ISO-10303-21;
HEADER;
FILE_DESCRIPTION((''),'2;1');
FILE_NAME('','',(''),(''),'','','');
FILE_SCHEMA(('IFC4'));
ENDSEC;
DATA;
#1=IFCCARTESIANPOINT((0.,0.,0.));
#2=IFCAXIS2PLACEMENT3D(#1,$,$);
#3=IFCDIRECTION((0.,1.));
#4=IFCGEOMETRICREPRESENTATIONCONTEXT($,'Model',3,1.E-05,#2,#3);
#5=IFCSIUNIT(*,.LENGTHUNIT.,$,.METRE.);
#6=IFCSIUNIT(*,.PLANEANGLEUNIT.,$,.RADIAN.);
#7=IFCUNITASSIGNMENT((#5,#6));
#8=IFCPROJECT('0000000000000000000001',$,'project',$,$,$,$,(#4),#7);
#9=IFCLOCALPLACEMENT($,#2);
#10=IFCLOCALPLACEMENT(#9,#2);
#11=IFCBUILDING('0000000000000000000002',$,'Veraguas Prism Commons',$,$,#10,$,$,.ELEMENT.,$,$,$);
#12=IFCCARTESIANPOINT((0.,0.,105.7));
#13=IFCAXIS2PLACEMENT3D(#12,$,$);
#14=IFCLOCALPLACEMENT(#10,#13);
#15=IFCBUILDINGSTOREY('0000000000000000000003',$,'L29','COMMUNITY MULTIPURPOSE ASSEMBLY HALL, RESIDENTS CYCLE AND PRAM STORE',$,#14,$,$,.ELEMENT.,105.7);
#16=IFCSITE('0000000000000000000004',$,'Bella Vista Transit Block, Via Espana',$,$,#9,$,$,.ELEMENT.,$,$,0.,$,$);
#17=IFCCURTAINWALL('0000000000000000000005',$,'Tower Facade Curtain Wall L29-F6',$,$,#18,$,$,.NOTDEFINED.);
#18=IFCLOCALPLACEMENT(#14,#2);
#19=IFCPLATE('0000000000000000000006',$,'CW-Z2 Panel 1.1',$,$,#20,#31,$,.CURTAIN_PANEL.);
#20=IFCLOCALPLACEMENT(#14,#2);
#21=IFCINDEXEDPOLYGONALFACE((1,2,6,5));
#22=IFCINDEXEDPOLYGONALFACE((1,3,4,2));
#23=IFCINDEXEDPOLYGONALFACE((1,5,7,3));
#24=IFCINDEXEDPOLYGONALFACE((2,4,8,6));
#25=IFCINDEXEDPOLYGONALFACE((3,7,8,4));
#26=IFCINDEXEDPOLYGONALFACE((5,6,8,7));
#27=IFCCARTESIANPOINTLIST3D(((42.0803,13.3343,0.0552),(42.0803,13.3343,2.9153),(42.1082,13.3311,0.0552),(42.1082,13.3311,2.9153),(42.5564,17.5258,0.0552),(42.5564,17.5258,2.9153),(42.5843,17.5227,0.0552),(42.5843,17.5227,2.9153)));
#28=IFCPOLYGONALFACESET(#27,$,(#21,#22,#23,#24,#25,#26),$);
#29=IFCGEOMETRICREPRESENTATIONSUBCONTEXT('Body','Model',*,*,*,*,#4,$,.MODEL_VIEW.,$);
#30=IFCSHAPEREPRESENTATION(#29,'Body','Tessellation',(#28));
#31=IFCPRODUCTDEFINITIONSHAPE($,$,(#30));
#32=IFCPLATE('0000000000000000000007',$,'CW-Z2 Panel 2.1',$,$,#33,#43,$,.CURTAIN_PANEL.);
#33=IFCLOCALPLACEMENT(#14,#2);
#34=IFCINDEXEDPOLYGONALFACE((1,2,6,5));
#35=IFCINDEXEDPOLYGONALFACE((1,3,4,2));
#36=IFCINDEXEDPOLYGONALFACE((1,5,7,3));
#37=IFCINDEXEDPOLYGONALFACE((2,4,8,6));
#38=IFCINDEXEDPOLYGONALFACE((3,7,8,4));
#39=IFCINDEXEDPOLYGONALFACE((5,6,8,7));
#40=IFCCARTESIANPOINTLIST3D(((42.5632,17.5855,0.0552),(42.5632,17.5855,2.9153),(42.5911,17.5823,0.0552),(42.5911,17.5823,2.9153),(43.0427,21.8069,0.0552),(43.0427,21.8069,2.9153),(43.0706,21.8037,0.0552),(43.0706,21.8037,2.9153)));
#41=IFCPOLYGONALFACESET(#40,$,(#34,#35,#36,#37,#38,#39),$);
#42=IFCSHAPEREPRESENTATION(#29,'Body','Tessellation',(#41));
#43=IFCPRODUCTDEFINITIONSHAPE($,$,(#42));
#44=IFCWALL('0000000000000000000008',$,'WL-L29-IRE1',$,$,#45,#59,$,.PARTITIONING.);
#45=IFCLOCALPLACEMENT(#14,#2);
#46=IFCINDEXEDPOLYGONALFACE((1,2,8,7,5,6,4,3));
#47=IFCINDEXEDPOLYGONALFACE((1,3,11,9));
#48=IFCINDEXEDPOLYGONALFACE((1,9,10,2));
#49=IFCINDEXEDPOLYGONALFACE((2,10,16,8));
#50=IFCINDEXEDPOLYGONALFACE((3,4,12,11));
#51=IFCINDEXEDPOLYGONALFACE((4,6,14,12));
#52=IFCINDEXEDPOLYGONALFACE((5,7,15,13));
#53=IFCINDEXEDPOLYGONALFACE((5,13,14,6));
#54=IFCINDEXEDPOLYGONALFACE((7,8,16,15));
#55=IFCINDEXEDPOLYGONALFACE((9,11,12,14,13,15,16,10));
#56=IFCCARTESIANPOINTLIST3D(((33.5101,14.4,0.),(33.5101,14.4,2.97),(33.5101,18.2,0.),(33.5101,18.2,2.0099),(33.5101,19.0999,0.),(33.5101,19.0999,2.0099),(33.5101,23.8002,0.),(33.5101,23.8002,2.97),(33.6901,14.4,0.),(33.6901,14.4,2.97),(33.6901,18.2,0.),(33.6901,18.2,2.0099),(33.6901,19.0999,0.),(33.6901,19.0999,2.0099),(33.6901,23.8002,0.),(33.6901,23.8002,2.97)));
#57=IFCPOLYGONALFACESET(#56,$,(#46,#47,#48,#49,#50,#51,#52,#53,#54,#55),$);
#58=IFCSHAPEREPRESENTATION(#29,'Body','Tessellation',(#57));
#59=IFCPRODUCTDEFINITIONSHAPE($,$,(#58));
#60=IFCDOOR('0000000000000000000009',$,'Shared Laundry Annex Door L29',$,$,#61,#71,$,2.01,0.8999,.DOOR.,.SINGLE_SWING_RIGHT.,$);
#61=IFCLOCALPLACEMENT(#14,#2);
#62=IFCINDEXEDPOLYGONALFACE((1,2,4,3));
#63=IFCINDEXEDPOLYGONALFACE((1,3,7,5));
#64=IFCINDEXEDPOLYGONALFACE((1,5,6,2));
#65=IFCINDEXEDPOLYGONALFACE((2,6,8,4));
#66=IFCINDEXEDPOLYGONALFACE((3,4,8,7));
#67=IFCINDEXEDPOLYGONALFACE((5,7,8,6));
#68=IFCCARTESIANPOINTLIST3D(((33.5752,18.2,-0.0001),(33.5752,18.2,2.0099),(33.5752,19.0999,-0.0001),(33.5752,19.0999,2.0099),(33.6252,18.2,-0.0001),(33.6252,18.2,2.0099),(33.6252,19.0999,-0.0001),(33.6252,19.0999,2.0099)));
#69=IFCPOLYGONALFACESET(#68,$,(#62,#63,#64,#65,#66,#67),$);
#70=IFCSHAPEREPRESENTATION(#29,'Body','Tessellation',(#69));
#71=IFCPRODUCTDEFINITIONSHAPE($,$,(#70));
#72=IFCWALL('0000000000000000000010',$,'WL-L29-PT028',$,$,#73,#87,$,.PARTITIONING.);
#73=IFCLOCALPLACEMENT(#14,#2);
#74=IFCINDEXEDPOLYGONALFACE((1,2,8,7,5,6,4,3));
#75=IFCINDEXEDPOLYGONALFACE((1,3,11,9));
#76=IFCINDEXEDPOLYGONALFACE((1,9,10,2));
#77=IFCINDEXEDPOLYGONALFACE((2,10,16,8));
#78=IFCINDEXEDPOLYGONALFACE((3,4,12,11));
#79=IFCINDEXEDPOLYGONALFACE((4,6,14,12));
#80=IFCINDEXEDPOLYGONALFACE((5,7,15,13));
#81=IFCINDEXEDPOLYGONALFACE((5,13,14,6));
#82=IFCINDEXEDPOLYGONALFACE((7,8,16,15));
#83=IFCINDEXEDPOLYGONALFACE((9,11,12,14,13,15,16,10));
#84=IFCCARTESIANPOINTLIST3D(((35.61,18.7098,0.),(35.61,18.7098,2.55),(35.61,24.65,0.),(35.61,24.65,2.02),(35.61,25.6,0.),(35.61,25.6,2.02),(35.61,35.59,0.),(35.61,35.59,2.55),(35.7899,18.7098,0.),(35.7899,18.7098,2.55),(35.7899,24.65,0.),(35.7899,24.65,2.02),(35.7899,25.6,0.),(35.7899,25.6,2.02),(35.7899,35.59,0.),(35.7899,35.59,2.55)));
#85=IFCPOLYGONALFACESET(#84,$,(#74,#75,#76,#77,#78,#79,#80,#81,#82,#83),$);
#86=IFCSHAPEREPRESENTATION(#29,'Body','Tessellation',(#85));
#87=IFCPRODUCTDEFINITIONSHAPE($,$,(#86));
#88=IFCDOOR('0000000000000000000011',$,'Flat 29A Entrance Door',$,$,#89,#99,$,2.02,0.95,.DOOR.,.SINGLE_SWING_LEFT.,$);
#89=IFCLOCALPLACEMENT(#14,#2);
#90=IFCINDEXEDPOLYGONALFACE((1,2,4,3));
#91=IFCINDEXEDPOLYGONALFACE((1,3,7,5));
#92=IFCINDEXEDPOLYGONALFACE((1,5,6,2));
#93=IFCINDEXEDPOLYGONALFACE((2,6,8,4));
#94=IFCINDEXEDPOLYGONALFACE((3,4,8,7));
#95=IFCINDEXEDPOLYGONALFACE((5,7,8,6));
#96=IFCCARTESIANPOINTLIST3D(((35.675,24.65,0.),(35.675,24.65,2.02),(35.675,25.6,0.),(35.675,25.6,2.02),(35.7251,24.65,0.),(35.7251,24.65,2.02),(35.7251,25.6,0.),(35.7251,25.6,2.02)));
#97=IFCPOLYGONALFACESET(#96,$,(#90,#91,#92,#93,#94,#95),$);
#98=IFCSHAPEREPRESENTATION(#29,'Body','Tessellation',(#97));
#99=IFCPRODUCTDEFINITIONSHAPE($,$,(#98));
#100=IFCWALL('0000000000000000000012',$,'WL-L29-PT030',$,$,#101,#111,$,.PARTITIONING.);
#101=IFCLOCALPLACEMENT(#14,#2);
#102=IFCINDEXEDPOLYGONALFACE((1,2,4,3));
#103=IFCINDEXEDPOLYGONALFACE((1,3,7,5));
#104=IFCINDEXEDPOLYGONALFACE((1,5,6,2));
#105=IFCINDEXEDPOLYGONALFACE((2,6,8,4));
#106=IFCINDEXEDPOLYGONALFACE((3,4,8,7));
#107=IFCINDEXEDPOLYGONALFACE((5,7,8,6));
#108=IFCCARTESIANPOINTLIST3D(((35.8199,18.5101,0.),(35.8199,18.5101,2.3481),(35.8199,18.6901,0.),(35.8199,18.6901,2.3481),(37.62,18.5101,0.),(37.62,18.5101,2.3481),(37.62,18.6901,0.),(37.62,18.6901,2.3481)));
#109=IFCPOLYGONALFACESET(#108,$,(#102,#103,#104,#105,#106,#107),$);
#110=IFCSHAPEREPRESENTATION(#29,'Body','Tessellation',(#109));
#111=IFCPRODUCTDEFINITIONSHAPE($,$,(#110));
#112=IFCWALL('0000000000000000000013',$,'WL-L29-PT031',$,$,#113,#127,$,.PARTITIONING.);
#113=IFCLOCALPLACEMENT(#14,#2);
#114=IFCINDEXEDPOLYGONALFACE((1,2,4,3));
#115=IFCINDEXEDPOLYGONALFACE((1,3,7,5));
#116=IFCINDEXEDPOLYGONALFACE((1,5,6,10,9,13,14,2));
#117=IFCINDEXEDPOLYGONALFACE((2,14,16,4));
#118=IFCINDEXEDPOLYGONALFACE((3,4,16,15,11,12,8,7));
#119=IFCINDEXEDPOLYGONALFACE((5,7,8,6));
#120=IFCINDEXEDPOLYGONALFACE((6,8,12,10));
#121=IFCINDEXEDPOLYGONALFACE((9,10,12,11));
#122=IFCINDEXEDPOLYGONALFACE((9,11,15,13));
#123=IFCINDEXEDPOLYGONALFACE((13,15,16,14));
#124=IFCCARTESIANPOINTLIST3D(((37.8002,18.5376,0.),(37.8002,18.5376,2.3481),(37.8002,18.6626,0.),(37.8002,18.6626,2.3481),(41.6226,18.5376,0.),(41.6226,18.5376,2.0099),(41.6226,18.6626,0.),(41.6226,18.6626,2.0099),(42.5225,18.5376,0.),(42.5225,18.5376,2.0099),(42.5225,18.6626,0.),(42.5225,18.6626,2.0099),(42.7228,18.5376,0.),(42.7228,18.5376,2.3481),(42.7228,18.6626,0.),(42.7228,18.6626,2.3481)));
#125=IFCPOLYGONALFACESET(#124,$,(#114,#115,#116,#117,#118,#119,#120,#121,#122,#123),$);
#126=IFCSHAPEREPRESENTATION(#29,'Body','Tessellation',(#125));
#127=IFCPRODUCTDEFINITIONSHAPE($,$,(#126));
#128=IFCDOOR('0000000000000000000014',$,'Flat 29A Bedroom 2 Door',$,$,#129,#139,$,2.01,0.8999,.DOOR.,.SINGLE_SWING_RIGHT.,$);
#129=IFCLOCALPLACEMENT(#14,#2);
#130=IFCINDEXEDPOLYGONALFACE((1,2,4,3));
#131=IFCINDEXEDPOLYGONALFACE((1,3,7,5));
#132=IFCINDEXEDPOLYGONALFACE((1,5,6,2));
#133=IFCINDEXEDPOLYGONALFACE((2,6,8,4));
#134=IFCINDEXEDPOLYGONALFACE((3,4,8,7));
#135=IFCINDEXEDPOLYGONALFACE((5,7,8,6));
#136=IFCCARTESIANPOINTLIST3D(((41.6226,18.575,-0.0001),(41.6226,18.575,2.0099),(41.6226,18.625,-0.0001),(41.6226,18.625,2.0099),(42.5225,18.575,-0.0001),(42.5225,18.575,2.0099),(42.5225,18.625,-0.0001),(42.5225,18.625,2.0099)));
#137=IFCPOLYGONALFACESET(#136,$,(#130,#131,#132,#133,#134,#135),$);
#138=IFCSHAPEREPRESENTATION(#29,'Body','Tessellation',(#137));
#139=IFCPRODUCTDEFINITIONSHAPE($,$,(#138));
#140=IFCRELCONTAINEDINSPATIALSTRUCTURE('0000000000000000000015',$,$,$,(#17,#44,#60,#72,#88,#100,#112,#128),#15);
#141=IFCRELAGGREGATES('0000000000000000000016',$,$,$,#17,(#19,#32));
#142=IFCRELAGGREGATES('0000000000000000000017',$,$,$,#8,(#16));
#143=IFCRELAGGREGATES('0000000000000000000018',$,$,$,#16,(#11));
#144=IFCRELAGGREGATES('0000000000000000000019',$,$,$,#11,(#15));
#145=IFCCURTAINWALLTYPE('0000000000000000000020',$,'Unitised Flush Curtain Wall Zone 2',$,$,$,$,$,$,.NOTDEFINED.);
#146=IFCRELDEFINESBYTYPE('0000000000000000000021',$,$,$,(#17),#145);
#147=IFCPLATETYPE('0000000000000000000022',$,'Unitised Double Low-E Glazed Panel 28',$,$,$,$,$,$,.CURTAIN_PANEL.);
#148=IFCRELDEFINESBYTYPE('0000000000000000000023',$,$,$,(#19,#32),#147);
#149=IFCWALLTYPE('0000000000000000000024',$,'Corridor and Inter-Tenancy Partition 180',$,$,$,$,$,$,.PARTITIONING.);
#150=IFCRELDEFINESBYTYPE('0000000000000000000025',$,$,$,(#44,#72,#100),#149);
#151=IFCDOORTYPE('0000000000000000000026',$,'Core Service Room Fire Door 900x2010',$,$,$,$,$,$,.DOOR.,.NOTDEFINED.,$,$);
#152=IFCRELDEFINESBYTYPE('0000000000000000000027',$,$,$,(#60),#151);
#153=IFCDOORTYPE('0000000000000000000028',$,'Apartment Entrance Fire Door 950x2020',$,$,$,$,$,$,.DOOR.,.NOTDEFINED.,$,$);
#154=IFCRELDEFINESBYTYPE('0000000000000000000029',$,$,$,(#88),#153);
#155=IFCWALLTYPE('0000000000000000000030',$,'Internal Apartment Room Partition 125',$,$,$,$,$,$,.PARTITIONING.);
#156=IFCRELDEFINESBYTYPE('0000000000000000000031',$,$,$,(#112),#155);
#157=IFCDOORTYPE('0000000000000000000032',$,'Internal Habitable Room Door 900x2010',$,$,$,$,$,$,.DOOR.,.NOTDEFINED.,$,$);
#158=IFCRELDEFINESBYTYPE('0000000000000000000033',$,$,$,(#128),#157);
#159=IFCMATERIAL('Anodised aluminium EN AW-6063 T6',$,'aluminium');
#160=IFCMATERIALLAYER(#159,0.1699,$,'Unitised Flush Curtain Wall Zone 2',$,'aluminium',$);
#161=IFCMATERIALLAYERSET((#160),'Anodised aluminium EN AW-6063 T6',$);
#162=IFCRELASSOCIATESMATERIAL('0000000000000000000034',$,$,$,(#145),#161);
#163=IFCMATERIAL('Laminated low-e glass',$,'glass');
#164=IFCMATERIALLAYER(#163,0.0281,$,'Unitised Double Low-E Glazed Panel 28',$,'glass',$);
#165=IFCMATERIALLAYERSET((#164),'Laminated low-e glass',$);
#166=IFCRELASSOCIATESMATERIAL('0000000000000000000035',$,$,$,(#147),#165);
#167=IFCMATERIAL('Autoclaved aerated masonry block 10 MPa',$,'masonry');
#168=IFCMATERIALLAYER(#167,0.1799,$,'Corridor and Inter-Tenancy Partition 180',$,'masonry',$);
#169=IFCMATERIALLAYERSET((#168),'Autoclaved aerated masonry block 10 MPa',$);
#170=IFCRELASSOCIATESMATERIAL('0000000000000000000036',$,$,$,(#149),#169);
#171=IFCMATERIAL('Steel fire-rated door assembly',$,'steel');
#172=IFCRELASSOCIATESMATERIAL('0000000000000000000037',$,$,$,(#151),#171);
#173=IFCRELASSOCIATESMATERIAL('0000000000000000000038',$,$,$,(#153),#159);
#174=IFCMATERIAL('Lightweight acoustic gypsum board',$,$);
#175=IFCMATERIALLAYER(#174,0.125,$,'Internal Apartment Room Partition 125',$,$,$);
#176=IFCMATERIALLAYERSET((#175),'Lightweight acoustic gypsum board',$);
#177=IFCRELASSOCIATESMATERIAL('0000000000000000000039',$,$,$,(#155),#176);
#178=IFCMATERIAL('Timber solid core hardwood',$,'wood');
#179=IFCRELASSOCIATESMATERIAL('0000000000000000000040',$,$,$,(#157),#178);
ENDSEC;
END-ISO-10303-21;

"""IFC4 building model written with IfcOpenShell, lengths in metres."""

from ifc_helpers import new_model, si_unit, direction, frame, frame_2d, origin, origin_2d, place, context, subcontext, project, spatial, rectangle, extrude, source, transform, mapped, material, layer, layer_set, type_object, element, fill, aggregate, save


model = new_model("IFC4")

# Units and contexts
model_context = context("Model", 3, precision=1e-05, world=origin(), true_north=direction((0.0, 1.0)))
body_context = subcontext(model_context, "Body", "Model", "MODEL_VIEW")
ifc_project = project(units=[si_unit("LENGTHUNIT", "METRE"), si_unit("PLANEANGLEUNIT", "RADIAN")], contexts=[model_context])

# Site, building, storey
site_placement = place(None, origin())
site = spatial("IfcSite", under=ifc_project, at=site_placement, Name="Bella Vista Transit Block, Via Espana", CompositionType="ELEMENT", RefElevation=0.0)
building_placement = place(site_placement, origin())
building = spatial("IfcBuilding", under=site, at=building_placement, Name="Veraguas Prism Commons", CompositionType="ELEMENT")
storey_placement = place(building_placement, frame((0.0, 0.0, 105.7)))
storey = spatial("IfcBuildingStorey", under=building, at=storey_placement, Name="L29", Description="COMMUNITY MULTIPURPOSE ASSEMBLY HALL, RESIDENTS CYCLE AND PRAM STORE", CompositionType="ELEMENT", Elevation=105.7)

# Curtain wall, plates
ifc_material_1 = material(Name="Anodised aluminium EN AW-6063 T6", Category="aluminium")
ifc_layer_1 = layer(ifc_material_1, 0.1699, Name="Unitised Flush Curtain Wall Zone 2", Category="aluminium")
ifc_layer_set_1 = layer_set([ifc_layer_1], Name="Anodised aluminium EN AW-6063 T6")
curtain_wall_type = type_object("IfcCurtainWallType", Name="Unitised Flush Curtain Wall Zone 2", PredefinedType="NOTDEFINED", material=ifc_layer_set_1)
curtain_wall_placement = place(storey_placement, origin())
curtain_wall = element("IfcCurtainWall", 1, at=curtain_wall_placement, inside=storey, type_object=curtain_wall_type, Name="Tower Facade Curtain Wall L29-F6", PredefinedType="NOTDEFINED")
ifc_material_2 = material(Name="Laminated low-e glass", Category="glass")
ifc_layer_2 = layer(ifc_material_2, 0.0281, Name="Unitised Double Low-E Glazed Panel 28", Category="glass")
ifc_layer_set_2 = layer_set([ifc_layer_2], Name="Laminated low-e glass")
plate_type = type_object("IfcPlateType", Name="Unitised Double Low-E Glazed Panel 28", PredefinedType="CURTAIN_PANEL", material=ifc_layer_set_2)
shared_shape_1 = source(origin(), body_context, "Body", "SweptSolid", [
    extrude(rectangle(XDim=4.2185, YDim=0.0281, at=origin_2d()), origin(), (0.0, 0.0, 1.0), 2.8601),
])
plate_1_placement = place(storey_placement, frame((42.3323, 15.4285, 0.0552), z_axis=(0.0, 0.0, 1.0), x_axis=(0.112856, 0.993611, 0.0)))
plate_1 = element("IfcPlate", 2, at=plate_1_placement, type_object=plate_type, Name="CW-Z2 Panel 1.1", PredefinedType="CURTAIN_PANEL", context=body_context, shape_type="MappedRepresentation", body=[
    mapped(shared_shape_1, transform((0.0, 0.0, 0.0), scale=1.0)),
])
shared_shape_2 = source(origin(), body_context, "Body", "SweptSolid", [
    extrude(rectangle(XDim=4.2485, YDim=0.0281, at=origin_2d()), origin(), (0.0, 0.0, 1.0), 2.8601),
])
plate_2_placement = place(storey_placement, frame((42.8169, 19.6946, 0.0552), z_axis=(0.0, 0.0, 1.0), x_axis=(0.112856, 0.993611, 0.0)))
plate_2 = element("IfcPlate", 3, at=plate_2_placement, type_object=plate_type, Name="CW-Z2 Panel 2.1", PredefinedType="CURTAIN_PANEL", context=body_context, shape_type="MappedRepresentation", body=[
    mapped(shared_shape_2, transform((0.0, 0.0, 0.0), scale=1.0)),
])
aggregate(curtain_wall, [plate_1, plate_2])

# Walls, openings, doors
ifc_material_3 = material(Name="Autoclaved aerated masonry block 10 MPa", Category="masonry")
ifc_layer_3 = layer(ifc_material_3, 0.1799, Name="Corridor and Inter-Tenancy Partition 180", Category="masonry")
ifc_layer_set_3 = layer_set([ifc_layer_3], Name="Autoclaved aerated masonry block 10 MPa")
wall_type_1 = type_object("IfcWallType", Name="Corridor and Inter-Tenancy Partition 180", PredefinedType="PARTITIONING", material=ifc_layer_set_3)
wall_1_placement = place(storey_placement, frame((33.6001, 14.3999, 0.0), z_axis=(0.0, 0.0, 1.0), x_axis=(0.0, 1.0, 0.0)))
wall_1 = element("IfcWall", 4, at=wall_1_placement, inside=storey, type_object=wall_type_1, Name="WL-L29-IRE1", PredefinedType="PARTITIONING", context=body_context, shape_type="SweptSolid", body=[
    extrude(rectangle(XDim=9.4001, YDim=0.1799, at=frame_2d((4.7002, 0.0))), origin(), (0.0, 0.0, 1.0), 2.97),
])
opening_1_placement = place(wall_1_placement, frame((3.8, 0.0, 0.0)))
opening_1 = element("IfcOpeningElement", 5, at=opening_1_placement, cuts=wall_1, PredefinedType="OPENING", context=body_context, shape_type="SweptSolid", body=[
    extrude(rectangle(XDim=0.8999, YDim=2.01, at=frame_2d((0.45, 1.0049))), frame((0.0, 0.0999, 0.0), z_axis=(0.0, -1.0, 0.0), x_axis=(1.0, 0.0, 0.0)), (0.0, 0.0, 1.0), 0.2),
])
ifc_material_4 = material(Name="Steel fire-rated door assembly", Category="steel")
door_type_1 = type_object("IfcDoorType", Name="Core Service Room Fire Door 900x2010", OperationType="NOTDEFINED", PredefinedType="DOOR", material=ifc_material_4)
shared_shape_3 = source(origin(), body_context, "Body", "SweptSolid", [
    extrude(rectangle(XDim=0.8999, YDim=2.01, at=frame_2d((0.45, 1.0049))), frame((0.0, 0.0249, 0.0), z_axis=(0.0, -1.0, 0.0), x_axis=(1.0, 0.0, 0.0)), (0.0, 0.0, 1.0), 0.05),
])
door_1_placement = place(opening_1_placement, origin())
door_1 = element("IfcDoor", 6, at=door_1_placement, inside=storey, type_object=door_type_1, Name="Shared Laundry Annex Door L29", OperationType="SINGLE_SWING_RIGHT", OverallHeight=2.01, OverallWidth=0.8999, PredefinedType="DOOR", context=body_context, shape_type="MappedRepresentation", body=[
    mapped(shared_shape_3, transform((0.0, 0.0, 0.0), scale=1.0)),
])
fill(opening_1, door_1)
wall_2_placement = place(storey_placement, frame((35.7, 18.71, 0.0), z_axis=(0.0, 0.0, 1.0), x_axis=(0.0, 1.0, 0.0)))
wall_2 = element("IfcWall", 7, at=wall_2_placement, inside=storey, type_object=wall_type_1, Name="WL-L29-PT028", PredefinedType="PARTITIONING", context=body_context, shape_type="SweptSolid", body=[
    extrude(rectangle(XDim=16.8801, YDim=0.1799, at=frame_2d((8.4399, 0.0))), origin(), (0.0, 0.0, 1.0), 2.55),
])
opening_2_placement = place(wall_2_placement, frame((5.9399, 0.0, 0.0)))
opening_2 = element("IfcOpeningElement", 8, at=opening_2_placement, cuts=wall_2, PredefinedType="OPENING", context=body_context, shape_type="SweptSolid", body=[
    extrude(rectangle(XDim=0.95, YDim=2.02, at=frame_2d((0.4751, 1.01))), frame((0.0, 0.0999, 0.0), z_axis=(0.0, -1.0, 0.0), x_axis=(1.0, 0.0, 0.0)), (0.0, 0.0, 1.0), 0.2),
])
door_type_2 = type_object("IfcDoorType", Name="Apartment Entrance Fire Door 950x2020", OperationType="NOTDEFINED", PredefinedType="DOOR", material=ifc_material_1)
shared_shape_4 = source(origin(), body_context, "Body", "SweptSolid", [
    extrude(rectangle(XDim=0.95, YDim=2.02, at=frame_2d((0.4751, 1.01))), frame((0.0, 0.0249, 0.0), z_axis=(0.0, -1.0, 0.0), x_axis=(1.0, 0.0, 0.0)), (0.0, 0.0, 1.0), 0.05),
])
door_2_placement = place(opening_2_placement, origin())
door_2 = element("IfcDoor", 9, at=door_2_placement, inside=storey, type_object=door_type_2, Name="Flat 29A Entrance Door", OperationType="SINGLE_SWING_LEFT", OverallHeight=2.02, OverallWidth=0.95, PredefinedType="DOOR", context=body_context, shape_type="MappedRepresentation", body=[
    mapped(shared_shape_4, transform((0.0, 0.0, 0.0), scale=1.0)),
])
fill(opening_2, door_2)

# Wall
wall_3_placement = place(storey_placement, frame((35.8201, 18.6001, 0.0), z_axis=(0.0, 0.0, 1.0), x_axis=(1.0, 0.0, 0.0)))
element("IfcWall", 10, at=wall_3_placement, inside=storey, type_object=wall_type_1, Name="WL-L29-PT030", PredefinedType="PARTITIONING", context=body_context, shape_type="SweptSolid", body=[
    extrude(rectangle(XDim=1.8, YDim=0.1799, at=frame_2d((0.8999, 0.0))), origin(), (0.0, 0.0, 1.0), 2.3481),
])

# Wall, opening, door
ifc_material_5 = material(Name="Lightweight acoustic gypsum board")
ifc_layer_4 = layer(ifc_material_5, 0.125, Name="Internal Apartment Room Partition 125")
ifc_layer_set_4 = layer_set([ifc_layer_4], Name="Lightweight acoustic gypsum board")
wall_type_2 = type_object("IfcWallType", Name="Internal Apartment Room Partition 125", PredefinedType="PARTITIONING", material=ifc_layer_set_4)
wall_4_placement = place(storey_placement, frame((37.8, 18.6001, 0.0), z_axis=(0.0, 0.0, 1.0), x_axis=(1.0, 0.0, 0.0)))
wall_4 = element("IfcWall", 11, at=wall_4_placement, inside=storey, type_object=wall_type_2, Name="WL-L29-PT031", PredefinedType="PARTITIONING", context=body_context, shape_type="SweptSolid", body=[
    extrude(rectangle(XDim=4.9226, YDim=0.125, at=frame_2d((2.4614, 0.0))), origin(), (0.0, 0.0, 1.0), 2.3481),
])
opening_3_placement = place(wall_4_placement, frame((3.8225, 0.0, 0.0)))
opening_3 = element("IfcOpeningElement", 12, at=opening_3_placement, cuts=wall_4, PredefinedType="OPENING", context=body_context, shape_type="SweptSolid", body=[
    extrude(rectangle(XDim=0.8999, YDim=2.01, at=frame_2d((0.45, 1.0049))), frame((0.0, 0.0725, 0.0), z_axis=(0.0, -1.0, 0.0), x_axis=(1.0, 0.0, 0.0)), (0.0, 0.0, 1.0), 0.145),
])
ifc_material_6 = material(Name="Timber solid core hardwood", Category="wood")
door_type_3 = type_object("IfcDoorType", Name="Internal Habitable Room Door 900x2010", OperationType="NOTDEFINED", PredefinedType="DOOR", material=ifc_material_6)
door_3_placement = place(opening_3_placement, origin())
door_3 = element("IfcDoor", 13, at=door_3_placement, inside=storey, type_object=door_type_3, Name="Flat 29A Bedroom 2 Door", OperationType="SINGLE_SWING_RIGHT", OverallHeight=2.01, OverallWidth=0.8999, PredefinedType="DOOR", context=body_context, shape_type="MappedRepresentation", body=[
    mapped(shared_shape_3, transform((0.0, 0.0, 0.0), scale=1.0)),
])
fill(opening_3, door_3)

save(model, "model.ifc")
